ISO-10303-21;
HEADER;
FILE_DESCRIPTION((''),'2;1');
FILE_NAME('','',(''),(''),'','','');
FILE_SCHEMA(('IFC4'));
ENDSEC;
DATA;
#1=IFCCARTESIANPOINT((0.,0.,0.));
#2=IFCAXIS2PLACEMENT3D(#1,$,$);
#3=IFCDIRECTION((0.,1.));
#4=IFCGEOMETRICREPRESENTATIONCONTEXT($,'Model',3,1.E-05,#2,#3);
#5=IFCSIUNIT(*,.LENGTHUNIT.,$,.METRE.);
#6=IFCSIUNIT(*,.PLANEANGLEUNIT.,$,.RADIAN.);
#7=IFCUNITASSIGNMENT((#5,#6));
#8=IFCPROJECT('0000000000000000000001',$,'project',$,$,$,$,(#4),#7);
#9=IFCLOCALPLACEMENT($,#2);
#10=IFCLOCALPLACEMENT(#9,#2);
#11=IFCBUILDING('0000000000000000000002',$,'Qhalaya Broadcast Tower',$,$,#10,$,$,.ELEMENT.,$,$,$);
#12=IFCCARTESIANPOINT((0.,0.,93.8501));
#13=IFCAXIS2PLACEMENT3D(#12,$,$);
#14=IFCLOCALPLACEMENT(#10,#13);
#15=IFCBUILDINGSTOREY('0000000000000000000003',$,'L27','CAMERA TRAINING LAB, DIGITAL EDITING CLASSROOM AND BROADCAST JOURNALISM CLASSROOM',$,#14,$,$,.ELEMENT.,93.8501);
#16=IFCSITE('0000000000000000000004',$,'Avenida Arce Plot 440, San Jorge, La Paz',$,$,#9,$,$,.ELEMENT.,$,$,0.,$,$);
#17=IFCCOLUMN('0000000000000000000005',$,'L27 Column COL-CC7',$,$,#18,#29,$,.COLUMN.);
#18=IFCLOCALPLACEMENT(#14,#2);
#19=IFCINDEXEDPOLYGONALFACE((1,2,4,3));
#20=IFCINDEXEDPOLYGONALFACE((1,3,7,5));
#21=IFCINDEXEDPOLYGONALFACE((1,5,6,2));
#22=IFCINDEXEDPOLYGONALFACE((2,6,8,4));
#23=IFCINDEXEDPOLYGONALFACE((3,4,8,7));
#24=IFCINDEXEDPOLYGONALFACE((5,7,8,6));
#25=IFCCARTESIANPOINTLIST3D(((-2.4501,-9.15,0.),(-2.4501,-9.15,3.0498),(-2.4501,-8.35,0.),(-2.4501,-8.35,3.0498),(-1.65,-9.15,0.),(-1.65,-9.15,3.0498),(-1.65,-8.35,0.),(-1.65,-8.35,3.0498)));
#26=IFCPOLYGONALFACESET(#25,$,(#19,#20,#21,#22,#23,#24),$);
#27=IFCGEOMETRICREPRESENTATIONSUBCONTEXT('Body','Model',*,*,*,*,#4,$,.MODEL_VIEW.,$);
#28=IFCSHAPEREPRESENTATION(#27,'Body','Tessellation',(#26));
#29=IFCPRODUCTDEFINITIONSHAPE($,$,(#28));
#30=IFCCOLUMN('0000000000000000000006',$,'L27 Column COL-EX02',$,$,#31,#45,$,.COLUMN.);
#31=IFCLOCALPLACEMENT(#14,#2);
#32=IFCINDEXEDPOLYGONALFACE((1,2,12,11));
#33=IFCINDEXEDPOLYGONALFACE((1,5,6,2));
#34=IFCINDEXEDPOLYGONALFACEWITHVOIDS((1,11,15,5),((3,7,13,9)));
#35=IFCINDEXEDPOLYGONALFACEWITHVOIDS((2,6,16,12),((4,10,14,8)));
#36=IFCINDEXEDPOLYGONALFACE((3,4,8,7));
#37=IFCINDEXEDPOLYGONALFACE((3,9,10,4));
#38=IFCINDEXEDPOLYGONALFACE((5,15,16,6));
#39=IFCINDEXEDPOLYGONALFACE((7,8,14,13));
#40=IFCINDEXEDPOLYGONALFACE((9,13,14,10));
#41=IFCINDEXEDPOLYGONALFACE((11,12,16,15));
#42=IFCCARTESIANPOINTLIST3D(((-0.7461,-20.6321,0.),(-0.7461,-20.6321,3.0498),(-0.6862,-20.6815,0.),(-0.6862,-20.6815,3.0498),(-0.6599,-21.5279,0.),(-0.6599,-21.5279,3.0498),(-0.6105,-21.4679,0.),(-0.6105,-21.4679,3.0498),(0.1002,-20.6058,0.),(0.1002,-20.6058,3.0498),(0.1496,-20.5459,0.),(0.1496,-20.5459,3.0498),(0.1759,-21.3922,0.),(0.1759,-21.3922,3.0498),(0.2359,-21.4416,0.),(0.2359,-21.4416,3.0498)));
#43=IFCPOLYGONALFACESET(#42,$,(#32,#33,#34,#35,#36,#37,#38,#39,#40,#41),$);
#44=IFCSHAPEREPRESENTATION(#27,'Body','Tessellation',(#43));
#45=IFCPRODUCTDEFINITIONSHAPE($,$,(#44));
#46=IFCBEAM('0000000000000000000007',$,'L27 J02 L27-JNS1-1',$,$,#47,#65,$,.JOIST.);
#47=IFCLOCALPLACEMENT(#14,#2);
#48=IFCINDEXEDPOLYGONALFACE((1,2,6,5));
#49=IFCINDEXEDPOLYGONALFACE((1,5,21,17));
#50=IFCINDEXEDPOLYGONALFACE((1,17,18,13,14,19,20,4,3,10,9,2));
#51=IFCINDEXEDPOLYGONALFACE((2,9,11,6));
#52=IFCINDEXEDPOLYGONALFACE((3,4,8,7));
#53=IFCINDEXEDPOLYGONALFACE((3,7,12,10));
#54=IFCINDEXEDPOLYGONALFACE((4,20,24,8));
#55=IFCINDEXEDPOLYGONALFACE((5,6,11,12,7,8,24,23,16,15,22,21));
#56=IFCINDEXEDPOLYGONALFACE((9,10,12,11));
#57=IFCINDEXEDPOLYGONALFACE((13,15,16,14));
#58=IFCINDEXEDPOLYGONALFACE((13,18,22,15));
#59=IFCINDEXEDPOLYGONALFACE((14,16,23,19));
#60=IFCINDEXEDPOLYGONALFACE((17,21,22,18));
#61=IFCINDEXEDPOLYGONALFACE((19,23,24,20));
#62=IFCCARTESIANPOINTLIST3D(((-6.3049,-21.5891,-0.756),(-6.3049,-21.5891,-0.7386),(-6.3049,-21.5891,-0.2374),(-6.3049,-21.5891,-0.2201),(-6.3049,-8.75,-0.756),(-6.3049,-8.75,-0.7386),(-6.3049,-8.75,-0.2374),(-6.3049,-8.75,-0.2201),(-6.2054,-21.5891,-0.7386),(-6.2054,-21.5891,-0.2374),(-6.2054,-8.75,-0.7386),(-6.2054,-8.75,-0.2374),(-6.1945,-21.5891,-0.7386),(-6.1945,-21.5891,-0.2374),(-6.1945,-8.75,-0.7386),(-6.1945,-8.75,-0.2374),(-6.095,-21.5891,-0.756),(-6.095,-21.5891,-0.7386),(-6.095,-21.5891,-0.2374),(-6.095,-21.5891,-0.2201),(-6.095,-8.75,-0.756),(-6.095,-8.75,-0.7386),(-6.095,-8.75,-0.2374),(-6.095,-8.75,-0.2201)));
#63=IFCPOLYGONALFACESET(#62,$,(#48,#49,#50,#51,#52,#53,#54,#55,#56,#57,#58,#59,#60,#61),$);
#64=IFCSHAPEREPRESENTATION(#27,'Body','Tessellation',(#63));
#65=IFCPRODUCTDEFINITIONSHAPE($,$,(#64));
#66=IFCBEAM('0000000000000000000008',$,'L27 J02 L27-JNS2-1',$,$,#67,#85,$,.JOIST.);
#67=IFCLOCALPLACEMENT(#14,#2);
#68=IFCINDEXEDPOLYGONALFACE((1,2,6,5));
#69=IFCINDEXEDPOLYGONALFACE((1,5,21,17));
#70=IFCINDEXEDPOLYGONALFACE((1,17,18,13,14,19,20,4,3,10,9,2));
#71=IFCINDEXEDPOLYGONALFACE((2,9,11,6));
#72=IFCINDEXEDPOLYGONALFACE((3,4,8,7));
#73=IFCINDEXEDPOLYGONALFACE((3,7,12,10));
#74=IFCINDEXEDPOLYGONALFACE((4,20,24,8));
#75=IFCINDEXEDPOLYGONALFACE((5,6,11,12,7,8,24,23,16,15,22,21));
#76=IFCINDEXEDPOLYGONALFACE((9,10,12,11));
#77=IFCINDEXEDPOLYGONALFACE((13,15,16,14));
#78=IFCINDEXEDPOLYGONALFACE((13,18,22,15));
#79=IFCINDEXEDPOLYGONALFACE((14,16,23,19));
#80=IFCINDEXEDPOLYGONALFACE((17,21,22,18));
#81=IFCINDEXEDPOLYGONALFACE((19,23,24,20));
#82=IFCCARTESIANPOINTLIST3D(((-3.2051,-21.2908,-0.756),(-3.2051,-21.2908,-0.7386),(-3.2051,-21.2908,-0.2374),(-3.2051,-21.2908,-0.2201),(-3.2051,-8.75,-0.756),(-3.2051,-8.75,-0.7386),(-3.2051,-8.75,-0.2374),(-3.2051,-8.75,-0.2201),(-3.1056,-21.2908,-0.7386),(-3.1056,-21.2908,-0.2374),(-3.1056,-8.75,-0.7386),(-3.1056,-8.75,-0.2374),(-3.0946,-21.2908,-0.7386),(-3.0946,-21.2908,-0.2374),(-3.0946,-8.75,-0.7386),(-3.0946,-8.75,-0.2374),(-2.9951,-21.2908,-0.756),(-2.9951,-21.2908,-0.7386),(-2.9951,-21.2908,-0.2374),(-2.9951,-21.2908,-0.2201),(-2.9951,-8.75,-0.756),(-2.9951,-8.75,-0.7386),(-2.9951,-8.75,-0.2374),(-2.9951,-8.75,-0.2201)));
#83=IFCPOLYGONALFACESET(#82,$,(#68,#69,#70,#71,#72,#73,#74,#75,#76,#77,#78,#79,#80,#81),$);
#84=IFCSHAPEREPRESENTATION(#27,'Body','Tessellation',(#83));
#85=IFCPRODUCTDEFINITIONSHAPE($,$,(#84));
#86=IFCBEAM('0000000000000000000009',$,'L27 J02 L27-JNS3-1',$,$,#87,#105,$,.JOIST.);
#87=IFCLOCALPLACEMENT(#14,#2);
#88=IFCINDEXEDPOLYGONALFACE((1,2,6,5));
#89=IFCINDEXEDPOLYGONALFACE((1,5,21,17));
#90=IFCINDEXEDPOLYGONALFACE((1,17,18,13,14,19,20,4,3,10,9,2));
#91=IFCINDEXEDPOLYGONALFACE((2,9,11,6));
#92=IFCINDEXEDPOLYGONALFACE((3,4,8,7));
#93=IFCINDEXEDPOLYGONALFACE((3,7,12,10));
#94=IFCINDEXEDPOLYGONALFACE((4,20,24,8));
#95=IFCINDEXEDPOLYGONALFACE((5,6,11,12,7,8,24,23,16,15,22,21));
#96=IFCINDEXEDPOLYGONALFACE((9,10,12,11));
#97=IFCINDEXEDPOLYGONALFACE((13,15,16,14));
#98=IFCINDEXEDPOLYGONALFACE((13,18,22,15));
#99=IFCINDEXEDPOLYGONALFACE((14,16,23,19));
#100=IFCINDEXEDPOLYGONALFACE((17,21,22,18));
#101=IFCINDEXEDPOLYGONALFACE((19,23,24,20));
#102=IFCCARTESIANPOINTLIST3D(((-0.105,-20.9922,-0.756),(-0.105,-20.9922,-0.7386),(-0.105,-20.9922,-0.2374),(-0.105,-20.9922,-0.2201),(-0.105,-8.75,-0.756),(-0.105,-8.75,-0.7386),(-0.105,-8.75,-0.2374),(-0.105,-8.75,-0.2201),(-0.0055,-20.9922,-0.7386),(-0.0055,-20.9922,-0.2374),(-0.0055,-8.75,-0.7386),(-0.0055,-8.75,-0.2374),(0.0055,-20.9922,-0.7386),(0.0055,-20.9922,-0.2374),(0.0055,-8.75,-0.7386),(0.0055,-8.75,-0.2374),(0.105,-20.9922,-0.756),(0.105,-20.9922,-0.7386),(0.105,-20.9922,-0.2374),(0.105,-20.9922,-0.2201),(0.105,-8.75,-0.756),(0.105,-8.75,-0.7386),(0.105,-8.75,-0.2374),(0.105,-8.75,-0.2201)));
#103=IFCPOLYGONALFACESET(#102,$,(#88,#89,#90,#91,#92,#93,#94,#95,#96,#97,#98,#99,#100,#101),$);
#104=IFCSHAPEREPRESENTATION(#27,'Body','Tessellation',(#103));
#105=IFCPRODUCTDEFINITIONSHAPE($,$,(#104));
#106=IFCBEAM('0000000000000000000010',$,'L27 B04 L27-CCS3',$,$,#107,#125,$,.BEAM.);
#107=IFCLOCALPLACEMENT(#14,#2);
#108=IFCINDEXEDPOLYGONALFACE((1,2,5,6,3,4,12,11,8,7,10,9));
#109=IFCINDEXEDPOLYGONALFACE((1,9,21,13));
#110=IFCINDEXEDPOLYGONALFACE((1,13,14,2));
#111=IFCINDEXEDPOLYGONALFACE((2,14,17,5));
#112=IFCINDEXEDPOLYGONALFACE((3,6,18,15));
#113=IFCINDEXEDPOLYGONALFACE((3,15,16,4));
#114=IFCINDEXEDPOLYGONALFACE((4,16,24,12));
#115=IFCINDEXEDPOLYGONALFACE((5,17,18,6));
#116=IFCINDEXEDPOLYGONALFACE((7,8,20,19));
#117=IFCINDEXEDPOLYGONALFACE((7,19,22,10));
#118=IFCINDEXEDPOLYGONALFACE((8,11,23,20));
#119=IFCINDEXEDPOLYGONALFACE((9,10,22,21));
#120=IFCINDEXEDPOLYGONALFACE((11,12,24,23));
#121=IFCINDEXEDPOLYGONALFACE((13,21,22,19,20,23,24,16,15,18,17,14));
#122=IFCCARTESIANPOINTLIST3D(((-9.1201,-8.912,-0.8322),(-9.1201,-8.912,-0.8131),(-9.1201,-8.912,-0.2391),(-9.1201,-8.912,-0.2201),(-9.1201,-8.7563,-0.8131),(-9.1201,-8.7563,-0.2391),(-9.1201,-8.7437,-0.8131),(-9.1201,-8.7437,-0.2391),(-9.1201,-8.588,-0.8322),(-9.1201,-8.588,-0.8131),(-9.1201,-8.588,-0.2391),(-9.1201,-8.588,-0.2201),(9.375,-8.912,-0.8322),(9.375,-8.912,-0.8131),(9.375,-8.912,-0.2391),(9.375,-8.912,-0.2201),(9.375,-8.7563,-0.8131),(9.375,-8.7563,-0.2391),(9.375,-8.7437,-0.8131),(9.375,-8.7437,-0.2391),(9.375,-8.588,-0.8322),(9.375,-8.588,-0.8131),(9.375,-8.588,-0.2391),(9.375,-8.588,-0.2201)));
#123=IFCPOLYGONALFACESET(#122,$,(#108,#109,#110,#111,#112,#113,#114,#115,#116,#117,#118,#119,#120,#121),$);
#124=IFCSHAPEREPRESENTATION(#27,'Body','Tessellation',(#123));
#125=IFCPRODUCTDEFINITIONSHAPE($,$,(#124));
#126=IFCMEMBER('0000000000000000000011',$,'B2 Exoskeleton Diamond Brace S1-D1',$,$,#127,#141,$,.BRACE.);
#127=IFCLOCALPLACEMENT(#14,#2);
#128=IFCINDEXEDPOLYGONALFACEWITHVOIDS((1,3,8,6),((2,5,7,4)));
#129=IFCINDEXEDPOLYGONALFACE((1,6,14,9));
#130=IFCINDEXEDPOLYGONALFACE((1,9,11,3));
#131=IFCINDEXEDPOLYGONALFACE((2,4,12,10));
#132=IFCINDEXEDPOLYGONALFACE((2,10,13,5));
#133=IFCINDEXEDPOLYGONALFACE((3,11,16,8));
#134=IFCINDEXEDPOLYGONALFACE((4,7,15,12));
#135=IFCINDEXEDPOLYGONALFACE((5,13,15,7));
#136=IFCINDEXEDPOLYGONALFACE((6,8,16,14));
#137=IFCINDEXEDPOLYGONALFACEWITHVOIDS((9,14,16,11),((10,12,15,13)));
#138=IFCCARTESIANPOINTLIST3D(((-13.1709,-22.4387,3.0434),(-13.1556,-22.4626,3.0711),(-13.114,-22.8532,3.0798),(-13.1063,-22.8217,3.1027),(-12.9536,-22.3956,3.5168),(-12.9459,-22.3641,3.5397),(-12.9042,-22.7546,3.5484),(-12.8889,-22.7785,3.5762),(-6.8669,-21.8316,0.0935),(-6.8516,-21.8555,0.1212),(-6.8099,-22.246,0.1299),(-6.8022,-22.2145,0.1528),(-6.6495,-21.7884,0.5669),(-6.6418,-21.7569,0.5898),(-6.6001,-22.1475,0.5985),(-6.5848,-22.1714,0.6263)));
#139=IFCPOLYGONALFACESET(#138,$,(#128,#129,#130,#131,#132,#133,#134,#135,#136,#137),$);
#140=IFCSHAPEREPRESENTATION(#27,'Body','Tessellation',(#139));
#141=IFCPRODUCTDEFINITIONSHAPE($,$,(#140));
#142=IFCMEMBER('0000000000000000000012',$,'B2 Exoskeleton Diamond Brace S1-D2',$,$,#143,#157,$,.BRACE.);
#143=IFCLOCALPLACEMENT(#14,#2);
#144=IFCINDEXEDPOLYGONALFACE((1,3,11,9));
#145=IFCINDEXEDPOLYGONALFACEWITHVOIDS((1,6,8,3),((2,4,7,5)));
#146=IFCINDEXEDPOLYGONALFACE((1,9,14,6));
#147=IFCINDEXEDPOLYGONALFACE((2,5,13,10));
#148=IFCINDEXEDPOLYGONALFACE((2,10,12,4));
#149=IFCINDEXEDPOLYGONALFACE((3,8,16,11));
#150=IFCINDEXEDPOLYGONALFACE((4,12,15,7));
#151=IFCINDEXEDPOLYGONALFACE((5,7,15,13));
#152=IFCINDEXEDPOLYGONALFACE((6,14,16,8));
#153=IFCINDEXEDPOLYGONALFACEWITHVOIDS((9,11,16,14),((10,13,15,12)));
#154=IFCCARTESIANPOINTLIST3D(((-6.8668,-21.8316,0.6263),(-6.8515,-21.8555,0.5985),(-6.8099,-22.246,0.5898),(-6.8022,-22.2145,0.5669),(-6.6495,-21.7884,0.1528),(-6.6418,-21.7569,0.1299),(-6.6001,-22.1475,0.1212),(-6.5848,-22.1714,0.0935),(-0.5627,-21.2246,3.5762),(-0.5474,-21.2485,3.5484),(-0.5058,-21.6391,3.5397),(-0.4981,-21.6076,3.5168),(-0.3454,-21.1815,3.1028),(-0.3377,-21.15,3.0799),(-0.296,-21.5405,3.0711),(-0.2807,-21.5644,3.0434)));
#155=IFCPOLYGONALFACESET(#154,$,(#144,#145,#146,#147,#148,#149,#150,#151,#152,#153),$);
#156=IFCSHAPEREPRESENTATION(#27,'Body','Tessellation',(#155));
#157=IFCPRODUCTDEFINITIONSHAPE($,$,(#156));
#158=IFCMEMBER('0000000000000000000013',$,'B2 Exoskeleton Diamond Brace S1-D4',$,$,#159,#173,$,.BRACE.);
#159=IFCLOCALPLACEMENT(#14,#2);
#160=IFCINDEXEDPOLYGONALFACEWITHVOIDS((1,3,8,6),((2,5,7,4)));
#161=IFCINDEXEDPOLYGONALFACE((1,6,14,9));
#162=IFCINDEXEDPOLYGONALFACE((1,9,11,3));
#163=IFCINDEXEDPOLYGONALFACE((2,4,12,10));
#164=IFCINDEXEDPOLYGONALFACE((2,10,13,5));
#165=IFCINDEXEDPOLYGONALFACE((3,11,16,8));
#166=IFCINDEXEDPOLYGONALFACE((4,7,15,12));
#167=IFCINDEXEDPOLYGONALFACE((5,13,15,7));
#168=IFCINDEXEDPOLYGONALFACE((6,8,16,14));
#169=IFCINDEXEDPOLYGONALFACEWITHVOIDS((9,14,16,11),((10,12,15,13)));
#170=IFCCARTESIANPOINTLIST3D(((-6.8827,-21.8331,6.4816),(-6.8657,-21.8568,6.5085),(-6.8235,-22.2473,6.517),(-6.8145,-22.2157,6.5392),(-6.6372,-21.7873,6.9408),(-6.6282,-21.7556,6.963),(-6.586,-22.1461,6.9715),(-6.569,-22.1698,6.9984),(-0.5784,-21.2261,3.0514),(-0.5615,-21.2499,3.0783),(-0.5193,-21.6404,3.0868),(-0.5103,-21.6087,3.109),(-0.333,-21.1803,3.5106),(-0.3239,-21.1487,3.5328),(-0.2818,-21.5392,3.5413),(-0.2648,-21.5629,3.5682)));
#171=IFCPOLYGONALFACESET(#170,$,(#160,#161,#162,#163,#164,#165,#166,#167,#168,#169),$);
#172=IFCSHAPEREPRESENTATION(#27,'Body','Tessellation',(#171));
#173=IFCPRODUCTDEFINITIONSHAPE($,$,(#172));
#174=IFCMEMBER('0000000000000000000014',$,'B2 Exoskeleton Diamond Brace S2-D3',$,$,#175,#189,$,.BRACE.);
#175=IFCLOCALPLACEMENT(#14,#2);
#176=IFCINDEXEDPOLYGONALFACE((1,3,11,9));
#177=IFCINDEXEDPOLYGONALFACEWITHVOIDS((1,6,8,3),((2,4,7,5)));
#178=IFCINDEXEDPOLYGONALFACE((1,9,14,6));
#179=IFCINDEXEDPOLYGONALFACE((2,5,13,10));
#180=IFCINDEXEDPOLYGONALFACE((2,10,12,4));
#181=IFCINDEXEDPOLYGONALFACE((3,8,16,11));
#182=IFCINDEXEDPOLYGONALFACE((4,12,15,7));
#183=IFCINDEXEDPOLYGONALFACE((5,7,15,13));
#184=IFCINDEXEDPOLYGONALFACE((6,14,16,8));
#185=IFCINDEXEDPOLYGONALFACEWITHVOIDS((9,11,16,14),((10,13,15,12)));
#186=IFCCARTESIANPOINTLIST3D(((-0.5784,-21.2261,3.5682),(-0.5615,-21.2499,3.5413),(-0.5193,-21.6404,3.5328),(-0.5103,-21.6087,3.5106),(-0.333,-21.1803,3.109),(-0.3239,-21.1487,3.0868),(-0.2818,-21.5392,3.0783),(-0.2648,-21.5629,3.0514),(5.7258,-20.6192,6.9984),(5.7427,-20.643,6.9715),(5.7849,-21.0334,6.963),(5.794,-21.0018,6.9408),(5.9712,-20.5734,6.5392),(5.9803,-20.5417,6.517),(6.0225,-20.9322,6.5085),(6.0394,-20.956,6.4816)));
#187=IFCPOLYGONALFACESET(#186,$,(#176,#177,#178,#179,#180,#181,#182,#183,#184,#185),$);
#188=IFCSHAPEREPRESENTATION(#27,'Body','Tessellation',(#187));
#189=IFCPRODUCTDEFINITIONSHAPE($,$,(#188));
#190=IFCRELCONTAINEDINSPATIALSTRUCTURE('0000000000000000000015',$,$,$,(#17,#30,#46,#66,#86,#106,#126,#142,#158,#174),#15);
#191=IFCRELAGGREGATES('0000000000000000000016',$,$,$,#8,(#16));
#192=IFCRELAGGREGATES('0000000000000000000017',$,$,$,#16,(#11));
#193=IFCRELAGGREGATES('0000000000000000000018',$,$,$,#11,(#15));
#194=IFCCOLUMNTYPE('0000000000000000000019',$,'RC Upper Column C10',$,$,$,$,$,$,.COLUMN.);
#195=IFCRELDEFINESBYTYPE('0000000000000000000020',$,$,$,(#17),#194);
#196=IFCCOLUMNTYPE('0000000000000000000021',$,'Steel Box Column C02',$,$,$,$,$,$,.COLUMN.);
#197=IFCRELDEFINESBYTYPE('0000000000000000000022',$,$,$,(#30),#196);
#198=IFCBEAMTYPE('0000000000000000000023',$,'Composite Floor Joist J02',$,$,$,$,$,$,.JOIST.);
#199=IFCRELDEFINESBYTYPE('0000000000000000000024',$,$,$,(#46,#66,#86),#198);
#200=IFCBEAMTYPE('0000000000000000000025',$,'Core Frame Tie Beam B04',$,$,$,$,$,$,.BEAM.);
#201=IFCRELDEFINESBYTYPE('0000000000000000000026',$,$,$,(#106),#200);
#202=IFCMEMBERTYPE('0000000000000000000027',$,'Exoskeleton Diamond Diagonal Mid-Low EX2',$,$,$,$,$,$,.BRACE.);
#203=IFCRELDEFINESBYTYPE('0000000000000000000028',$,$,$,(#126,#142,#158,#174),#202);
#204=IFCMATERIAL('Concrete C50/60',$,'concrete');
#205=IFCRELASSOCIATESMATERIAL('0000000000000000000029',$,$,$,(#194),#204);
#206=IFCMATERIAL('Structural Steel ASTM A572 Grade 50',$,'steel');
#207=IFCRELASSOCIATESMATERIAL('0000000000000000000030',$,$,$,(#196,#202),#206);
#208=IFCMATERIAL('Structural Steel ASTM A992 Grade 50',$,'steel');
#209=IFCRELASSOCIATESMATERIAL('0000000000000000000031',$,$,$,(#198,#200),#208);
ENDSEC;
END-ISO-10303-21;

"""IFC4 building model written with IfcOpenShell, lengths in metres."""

from ifc_helpers import new_model, si_unit, direction, frame, origin, origin_2d, place, context, subcontext, project, spatial, rectangle, hollow_rectangle, i_section, extrude, material, material_profile, profile_set, type_object, element, save


model = new_model("IFC4")

# Units and contexts
model_context = context("Model", 3, precision=1e-05, world=origin(), true_north=direction((0.0, 1.0)))
body_context = subcontext(model_context, "Body", "Model", "MODEL_VIEW")
ifc_project = project(units=[si_unit("LENGTHUNIT", "METRE"), si_unit("PLANEANGLEUNIT", "RADIAN")], contexts=[model_context])

# Site, building, storey
site_placement = place(None, origin())
site = spatial("IfcSite", under=ifc_project, at=site_placement, Name="Avenida Arce Plot 440, San Jorge, La Paz", CompositionType="ELEMENT", RefElevation=0.0)
building_placement = place(site_placement, origin())
building = spatial("IfcBuilding", under=site, at=building_placement, Name="Qhalaya Broadcast Tower", CompositionType="ELEMENT")
storey_placement = place(building_placement, frame((0.0, 0.0, 93.8501)))
storey = spatial("IfcBuildingStorey", under=building, at=storey_placement, Name="L27", Description="CAMERA TRAINING LAB, DIGITAL EDITING CLASSROOM AND BROADCAST JOURNALISM CLASSROOM", CompositionType="ELEMENT", Elevation=93.8501)

# Columns
ifc_material_1 = material(Name="Concrete C50/60", Category="concrete")
ifc_material_profile_1 = material_profile(ifc_material_1, rectangle(XDim=0.8, YDim=0.8, at=origin_2d()), Name="RC-COL 800x800")
ifc_profile_set_1 = profile_set([ifc_material_profile_1], Name="Concrete C50/60")
column_type_1 = type_object("IfcColumnType", Name="RC Upper Column C10", PredefinedType="COLUMN", material=ifc_profile_set_1)
column_1_placement = place(storey_placement, frame((-2.05, -8.75, 0.0), z_axis=(0.0, 0.0, 1.0), x_axis=(1.0, 0.0, 0.0)))
element("IfcColumn", 1, at=column_1_placement, inside=storey, type_object=column_type_1, Name="L27 Column COL-CC7", PredefinedType="COLUMN", context=body_context, shape_type="SweptSolid", body=[
    extrude(rectangle(XDim=0.8, YDim=0.8, at=origin_2d()), origin(), (0.0, 0.0, 1.0), 3.0498),
])
ifc_material_2 = material(Name="Structural Steel ASTM A572 Grade 50", Category="steel")
ifc_material_profile_2 = material_profile(ifc_material_2, hollow_rectangle(XDim=0.8999, YDim=0.8999, WallThickness=0.0549, at=origin_2d()), Name="BOX 900x900x55")
ifc_profile_set_2 = profile_set([ifc_material_profile_2], Name="Structural Steel ASTM A572 Grade 50")
column_type_2 = type_object("IfcColumnType", Name="Steel Box Column C02", PredefinedType="COLUMN", material=ifc_profile_set_2)
column_2_placement = place(storey_placement, frame((-0.2551, -21.0369, 0.0), z_axis=(0.0, 0.0, 1.0), x_axis=(0.995396, 0.095846, 0.0)))
element("IfcColumn", 2, at=column_2_placement, inside=storey, type_object=column_type_2, Name="L27 Column COL-EX02", PredefinedType="COLUMN", context=body_context, shape_type="SweptSolid", body=[
    extrude(hollow_rectangle(XDim=0.8999, YDim=0.8999, WallThickness=0.0549, at=origin_2d()), origin(), (0.0, 0.0, 1.0), 3.0498),
])

# Beams
ifc_material_3 = material(Name="Structural Steel ASTM A992 Grade 50", Category="steel")
ifc_material_profile_3 = material_profile(ifc_material_3, i_section(OverallWidth=0.21, OverallDepth=0.5359, WebThickness=0.011, FlangeThickness=0.0173, at=origin_2d()), Name="W21X68")
ifc_profile_set_3 = profile_set([ifc_material_profile_3], Name="Structural Steel ASTM A992 Grade 50")
beam_type_1 = type_object("IfcBeamType", Name="Composite Floor Joist J02", PredefinedType="JOIST", material=ifc_profile_set_3)
beam_1_placement = place(storey_placement, frame((-6.2, -21.5891, -0.488), z_axis=(0.0, 1.0, 0.0), x_axis=(-1.0, 0.0, 0.0)))
element("IfcBeam", 3, at=beam_1_placement, inside=storey, type_object=beam_type_1, Name="L27 J02 L27-JNS1-1", PredefinedType="JOIST", context=body_context, shape_type="SweptSolid", body=[
    extrude(i_section(OverallWidth=0.21, OverallDepth=0.5359, WebThickness=0.011, FlangeThickness=0.0173, at=origin_2d()), origin(), (0.0, 0.0, 1.0), 12.8391),
])
beam_2_placement = place(storey_placement, frame((-3.1001, -21.2908, -0.488), z_axis=(0.0, 1.0, 0.0), x_axis=(-1.0, 0.0, 0.0)))
element("IfcBeam", 4, at=beam_2_placement, inside=storey, type_object=beam_type_1, Name="L27 J02 L27-JNS2-1", PredefinedType="JOIST", context=body_context, shape_type="SweptSolid", body=[
    extrude(i_section(OverallWidth=0.21, OverallDepth=0.5359, WebThickness=0.011, FlangeThickness=0.0173, at=origin_2d()), origin(), (0.0, 0.0, 1.0), 12.5408),
])
beam_3_placement = place(storey_placement, frame((0.0, -20.9922, -0.488), z_axis=(0.0, 1.0, 0.0), x_axis=(-1.0, 0.0, 0.0)))
element("IfcBeam", 5, at=beam_3_placement, inside=storey, type_object=beam_type_1, Name="L27 J02 L27-JNS3-1", PredefinedType="JOIST", context=body_context, shape_type="SweptSolid", body=[
    extrude(i_section(OverallWidth=0.21, OverallDepth=0.5359, WebThickness=0.011, FlangeThickness=0.0173, at=origin_2d()), origin(), (0.0, 0.0, 1.0), 12.2422),
])
ifc_material_profile_4 = material_profile(ifc_material_3, i_section(OverallWidth=0.324, OverallDepth=0.6121, WebThickness=0.0127, FlangeThickness=0.019, at=origin_2d()), Name="W24X104")
ifc_profile_set_4 = profile_set([ifc_material_profile_4], Name="Structural Steel ASTM A992 Grade 50")
beam_type_2 = type_object("IfcBeamType", Name="Core Frame Tie Beam B04", PredefinedType="BEAM", material=ifc_profile_set_4)
beam_4_placement = place(storey_placement, frame((-9.1201, -8.75, -0.5261), z_axis=(1.0, 0.0, 0.0), x_axis=(0.0, 1.0, 0.0)))
element("IfcBeam", 6, at=beam_4_placement, inside=storey, type_object=beam_type_2, Name="L27 B04 L27-CCS3", PredefinedType="BEAM", context=body_context, shape_type="SweptSolid", body=[
    extrude(i_section(OverallWidth=0.324, OverallDepth=0.6121, WebThickness=0.0127, FlangeThickness=0.019, at=origin_2d()), origin(), (0.0, 0.0, 1.0), 18.4951),
])

# Members
ifc_material_profile_5 = material_profile(ifc_material_2, hollow_rectangle(XDim=0.4199, YDim=0.55, WallThickness=0.0281, at=origin_2d()), Name="BOX 420x550x28")
ifc_profile_set_5 = profile_set([ifc_material_profile_5], Name="Structural Steel ASTM A572 Grade 50")
member_type = type_object("IfcMemberType", Name="Exoskeleton Diamond Diagonal Mid-Low EX2", PredefinedType="BRACE", material=ifc_profile_set_5)
for number, where, z_axis, x_axis, name in (
    (7, (-6.7258, -22.0015, 0.3599), (-0.902316, -0.086905, 0.422225), (0.13571, -0.986932, 0.086883), "B2 Exoskeleton Diamond Brace S1-D1"),
    (8, (-6.7258, -22.0015, 0.3599), (0.902319, 0.08687, 0.422226), (-0.135673, 0.986937, 0.086883), "B2 Exoskeleton Diamond Brace S1-D2"),
):
    element("IfcMember", number, at=place(storey_placement, frame(where, z_axis=z_axis, x_axis=x_axis)), inside=storey, type_object=member_type, Name=name, PredefinedType="BRACE", context=body_context, shape_type="SweptSolid", body=[
        extrude(hollow_rectangle(XDim=0.4199, YDim=0.55, WallThickness=0.0281, at=origin_2d()), origin(), (0.0, 0.0, 1.0), 6.9866),
    ])
for number, where, z_axis, x_axis, name in (
    (9, (-0.4216, -21.3945, 3.3098), (-0.875268, -0.084266, 0.476242), (0.140826, -0.986441, 0.084279), "B2 Exoskeleton Diamond Brace S1-D4"),
    (10, (-0.4216, -21.3945, 3.3098), (0.875268, 0.084266, 0.476242), (-0.140826, 0.986441, 0.084279), "B2 Exoskeleton Diamond Brace S2-D3"),
):
    element("IfcMember", number, at=place(storey_placement, frame(where, z_axis=z_axis, x_axis=x_axis)), inside=storey, type_object=member_type, Name=name, PredefinedType="BRACE", context=body_context, shape_type="SweptSolid", body=[
        extrude(hollow_rectangle(XDim=0.4199, YDim=0.55, WallThickness=0.0281, at=origin_2d()), origin(), (0.0, 0.0, 1.0), 7.2026),
    ])

save(model, "model.ifc")
